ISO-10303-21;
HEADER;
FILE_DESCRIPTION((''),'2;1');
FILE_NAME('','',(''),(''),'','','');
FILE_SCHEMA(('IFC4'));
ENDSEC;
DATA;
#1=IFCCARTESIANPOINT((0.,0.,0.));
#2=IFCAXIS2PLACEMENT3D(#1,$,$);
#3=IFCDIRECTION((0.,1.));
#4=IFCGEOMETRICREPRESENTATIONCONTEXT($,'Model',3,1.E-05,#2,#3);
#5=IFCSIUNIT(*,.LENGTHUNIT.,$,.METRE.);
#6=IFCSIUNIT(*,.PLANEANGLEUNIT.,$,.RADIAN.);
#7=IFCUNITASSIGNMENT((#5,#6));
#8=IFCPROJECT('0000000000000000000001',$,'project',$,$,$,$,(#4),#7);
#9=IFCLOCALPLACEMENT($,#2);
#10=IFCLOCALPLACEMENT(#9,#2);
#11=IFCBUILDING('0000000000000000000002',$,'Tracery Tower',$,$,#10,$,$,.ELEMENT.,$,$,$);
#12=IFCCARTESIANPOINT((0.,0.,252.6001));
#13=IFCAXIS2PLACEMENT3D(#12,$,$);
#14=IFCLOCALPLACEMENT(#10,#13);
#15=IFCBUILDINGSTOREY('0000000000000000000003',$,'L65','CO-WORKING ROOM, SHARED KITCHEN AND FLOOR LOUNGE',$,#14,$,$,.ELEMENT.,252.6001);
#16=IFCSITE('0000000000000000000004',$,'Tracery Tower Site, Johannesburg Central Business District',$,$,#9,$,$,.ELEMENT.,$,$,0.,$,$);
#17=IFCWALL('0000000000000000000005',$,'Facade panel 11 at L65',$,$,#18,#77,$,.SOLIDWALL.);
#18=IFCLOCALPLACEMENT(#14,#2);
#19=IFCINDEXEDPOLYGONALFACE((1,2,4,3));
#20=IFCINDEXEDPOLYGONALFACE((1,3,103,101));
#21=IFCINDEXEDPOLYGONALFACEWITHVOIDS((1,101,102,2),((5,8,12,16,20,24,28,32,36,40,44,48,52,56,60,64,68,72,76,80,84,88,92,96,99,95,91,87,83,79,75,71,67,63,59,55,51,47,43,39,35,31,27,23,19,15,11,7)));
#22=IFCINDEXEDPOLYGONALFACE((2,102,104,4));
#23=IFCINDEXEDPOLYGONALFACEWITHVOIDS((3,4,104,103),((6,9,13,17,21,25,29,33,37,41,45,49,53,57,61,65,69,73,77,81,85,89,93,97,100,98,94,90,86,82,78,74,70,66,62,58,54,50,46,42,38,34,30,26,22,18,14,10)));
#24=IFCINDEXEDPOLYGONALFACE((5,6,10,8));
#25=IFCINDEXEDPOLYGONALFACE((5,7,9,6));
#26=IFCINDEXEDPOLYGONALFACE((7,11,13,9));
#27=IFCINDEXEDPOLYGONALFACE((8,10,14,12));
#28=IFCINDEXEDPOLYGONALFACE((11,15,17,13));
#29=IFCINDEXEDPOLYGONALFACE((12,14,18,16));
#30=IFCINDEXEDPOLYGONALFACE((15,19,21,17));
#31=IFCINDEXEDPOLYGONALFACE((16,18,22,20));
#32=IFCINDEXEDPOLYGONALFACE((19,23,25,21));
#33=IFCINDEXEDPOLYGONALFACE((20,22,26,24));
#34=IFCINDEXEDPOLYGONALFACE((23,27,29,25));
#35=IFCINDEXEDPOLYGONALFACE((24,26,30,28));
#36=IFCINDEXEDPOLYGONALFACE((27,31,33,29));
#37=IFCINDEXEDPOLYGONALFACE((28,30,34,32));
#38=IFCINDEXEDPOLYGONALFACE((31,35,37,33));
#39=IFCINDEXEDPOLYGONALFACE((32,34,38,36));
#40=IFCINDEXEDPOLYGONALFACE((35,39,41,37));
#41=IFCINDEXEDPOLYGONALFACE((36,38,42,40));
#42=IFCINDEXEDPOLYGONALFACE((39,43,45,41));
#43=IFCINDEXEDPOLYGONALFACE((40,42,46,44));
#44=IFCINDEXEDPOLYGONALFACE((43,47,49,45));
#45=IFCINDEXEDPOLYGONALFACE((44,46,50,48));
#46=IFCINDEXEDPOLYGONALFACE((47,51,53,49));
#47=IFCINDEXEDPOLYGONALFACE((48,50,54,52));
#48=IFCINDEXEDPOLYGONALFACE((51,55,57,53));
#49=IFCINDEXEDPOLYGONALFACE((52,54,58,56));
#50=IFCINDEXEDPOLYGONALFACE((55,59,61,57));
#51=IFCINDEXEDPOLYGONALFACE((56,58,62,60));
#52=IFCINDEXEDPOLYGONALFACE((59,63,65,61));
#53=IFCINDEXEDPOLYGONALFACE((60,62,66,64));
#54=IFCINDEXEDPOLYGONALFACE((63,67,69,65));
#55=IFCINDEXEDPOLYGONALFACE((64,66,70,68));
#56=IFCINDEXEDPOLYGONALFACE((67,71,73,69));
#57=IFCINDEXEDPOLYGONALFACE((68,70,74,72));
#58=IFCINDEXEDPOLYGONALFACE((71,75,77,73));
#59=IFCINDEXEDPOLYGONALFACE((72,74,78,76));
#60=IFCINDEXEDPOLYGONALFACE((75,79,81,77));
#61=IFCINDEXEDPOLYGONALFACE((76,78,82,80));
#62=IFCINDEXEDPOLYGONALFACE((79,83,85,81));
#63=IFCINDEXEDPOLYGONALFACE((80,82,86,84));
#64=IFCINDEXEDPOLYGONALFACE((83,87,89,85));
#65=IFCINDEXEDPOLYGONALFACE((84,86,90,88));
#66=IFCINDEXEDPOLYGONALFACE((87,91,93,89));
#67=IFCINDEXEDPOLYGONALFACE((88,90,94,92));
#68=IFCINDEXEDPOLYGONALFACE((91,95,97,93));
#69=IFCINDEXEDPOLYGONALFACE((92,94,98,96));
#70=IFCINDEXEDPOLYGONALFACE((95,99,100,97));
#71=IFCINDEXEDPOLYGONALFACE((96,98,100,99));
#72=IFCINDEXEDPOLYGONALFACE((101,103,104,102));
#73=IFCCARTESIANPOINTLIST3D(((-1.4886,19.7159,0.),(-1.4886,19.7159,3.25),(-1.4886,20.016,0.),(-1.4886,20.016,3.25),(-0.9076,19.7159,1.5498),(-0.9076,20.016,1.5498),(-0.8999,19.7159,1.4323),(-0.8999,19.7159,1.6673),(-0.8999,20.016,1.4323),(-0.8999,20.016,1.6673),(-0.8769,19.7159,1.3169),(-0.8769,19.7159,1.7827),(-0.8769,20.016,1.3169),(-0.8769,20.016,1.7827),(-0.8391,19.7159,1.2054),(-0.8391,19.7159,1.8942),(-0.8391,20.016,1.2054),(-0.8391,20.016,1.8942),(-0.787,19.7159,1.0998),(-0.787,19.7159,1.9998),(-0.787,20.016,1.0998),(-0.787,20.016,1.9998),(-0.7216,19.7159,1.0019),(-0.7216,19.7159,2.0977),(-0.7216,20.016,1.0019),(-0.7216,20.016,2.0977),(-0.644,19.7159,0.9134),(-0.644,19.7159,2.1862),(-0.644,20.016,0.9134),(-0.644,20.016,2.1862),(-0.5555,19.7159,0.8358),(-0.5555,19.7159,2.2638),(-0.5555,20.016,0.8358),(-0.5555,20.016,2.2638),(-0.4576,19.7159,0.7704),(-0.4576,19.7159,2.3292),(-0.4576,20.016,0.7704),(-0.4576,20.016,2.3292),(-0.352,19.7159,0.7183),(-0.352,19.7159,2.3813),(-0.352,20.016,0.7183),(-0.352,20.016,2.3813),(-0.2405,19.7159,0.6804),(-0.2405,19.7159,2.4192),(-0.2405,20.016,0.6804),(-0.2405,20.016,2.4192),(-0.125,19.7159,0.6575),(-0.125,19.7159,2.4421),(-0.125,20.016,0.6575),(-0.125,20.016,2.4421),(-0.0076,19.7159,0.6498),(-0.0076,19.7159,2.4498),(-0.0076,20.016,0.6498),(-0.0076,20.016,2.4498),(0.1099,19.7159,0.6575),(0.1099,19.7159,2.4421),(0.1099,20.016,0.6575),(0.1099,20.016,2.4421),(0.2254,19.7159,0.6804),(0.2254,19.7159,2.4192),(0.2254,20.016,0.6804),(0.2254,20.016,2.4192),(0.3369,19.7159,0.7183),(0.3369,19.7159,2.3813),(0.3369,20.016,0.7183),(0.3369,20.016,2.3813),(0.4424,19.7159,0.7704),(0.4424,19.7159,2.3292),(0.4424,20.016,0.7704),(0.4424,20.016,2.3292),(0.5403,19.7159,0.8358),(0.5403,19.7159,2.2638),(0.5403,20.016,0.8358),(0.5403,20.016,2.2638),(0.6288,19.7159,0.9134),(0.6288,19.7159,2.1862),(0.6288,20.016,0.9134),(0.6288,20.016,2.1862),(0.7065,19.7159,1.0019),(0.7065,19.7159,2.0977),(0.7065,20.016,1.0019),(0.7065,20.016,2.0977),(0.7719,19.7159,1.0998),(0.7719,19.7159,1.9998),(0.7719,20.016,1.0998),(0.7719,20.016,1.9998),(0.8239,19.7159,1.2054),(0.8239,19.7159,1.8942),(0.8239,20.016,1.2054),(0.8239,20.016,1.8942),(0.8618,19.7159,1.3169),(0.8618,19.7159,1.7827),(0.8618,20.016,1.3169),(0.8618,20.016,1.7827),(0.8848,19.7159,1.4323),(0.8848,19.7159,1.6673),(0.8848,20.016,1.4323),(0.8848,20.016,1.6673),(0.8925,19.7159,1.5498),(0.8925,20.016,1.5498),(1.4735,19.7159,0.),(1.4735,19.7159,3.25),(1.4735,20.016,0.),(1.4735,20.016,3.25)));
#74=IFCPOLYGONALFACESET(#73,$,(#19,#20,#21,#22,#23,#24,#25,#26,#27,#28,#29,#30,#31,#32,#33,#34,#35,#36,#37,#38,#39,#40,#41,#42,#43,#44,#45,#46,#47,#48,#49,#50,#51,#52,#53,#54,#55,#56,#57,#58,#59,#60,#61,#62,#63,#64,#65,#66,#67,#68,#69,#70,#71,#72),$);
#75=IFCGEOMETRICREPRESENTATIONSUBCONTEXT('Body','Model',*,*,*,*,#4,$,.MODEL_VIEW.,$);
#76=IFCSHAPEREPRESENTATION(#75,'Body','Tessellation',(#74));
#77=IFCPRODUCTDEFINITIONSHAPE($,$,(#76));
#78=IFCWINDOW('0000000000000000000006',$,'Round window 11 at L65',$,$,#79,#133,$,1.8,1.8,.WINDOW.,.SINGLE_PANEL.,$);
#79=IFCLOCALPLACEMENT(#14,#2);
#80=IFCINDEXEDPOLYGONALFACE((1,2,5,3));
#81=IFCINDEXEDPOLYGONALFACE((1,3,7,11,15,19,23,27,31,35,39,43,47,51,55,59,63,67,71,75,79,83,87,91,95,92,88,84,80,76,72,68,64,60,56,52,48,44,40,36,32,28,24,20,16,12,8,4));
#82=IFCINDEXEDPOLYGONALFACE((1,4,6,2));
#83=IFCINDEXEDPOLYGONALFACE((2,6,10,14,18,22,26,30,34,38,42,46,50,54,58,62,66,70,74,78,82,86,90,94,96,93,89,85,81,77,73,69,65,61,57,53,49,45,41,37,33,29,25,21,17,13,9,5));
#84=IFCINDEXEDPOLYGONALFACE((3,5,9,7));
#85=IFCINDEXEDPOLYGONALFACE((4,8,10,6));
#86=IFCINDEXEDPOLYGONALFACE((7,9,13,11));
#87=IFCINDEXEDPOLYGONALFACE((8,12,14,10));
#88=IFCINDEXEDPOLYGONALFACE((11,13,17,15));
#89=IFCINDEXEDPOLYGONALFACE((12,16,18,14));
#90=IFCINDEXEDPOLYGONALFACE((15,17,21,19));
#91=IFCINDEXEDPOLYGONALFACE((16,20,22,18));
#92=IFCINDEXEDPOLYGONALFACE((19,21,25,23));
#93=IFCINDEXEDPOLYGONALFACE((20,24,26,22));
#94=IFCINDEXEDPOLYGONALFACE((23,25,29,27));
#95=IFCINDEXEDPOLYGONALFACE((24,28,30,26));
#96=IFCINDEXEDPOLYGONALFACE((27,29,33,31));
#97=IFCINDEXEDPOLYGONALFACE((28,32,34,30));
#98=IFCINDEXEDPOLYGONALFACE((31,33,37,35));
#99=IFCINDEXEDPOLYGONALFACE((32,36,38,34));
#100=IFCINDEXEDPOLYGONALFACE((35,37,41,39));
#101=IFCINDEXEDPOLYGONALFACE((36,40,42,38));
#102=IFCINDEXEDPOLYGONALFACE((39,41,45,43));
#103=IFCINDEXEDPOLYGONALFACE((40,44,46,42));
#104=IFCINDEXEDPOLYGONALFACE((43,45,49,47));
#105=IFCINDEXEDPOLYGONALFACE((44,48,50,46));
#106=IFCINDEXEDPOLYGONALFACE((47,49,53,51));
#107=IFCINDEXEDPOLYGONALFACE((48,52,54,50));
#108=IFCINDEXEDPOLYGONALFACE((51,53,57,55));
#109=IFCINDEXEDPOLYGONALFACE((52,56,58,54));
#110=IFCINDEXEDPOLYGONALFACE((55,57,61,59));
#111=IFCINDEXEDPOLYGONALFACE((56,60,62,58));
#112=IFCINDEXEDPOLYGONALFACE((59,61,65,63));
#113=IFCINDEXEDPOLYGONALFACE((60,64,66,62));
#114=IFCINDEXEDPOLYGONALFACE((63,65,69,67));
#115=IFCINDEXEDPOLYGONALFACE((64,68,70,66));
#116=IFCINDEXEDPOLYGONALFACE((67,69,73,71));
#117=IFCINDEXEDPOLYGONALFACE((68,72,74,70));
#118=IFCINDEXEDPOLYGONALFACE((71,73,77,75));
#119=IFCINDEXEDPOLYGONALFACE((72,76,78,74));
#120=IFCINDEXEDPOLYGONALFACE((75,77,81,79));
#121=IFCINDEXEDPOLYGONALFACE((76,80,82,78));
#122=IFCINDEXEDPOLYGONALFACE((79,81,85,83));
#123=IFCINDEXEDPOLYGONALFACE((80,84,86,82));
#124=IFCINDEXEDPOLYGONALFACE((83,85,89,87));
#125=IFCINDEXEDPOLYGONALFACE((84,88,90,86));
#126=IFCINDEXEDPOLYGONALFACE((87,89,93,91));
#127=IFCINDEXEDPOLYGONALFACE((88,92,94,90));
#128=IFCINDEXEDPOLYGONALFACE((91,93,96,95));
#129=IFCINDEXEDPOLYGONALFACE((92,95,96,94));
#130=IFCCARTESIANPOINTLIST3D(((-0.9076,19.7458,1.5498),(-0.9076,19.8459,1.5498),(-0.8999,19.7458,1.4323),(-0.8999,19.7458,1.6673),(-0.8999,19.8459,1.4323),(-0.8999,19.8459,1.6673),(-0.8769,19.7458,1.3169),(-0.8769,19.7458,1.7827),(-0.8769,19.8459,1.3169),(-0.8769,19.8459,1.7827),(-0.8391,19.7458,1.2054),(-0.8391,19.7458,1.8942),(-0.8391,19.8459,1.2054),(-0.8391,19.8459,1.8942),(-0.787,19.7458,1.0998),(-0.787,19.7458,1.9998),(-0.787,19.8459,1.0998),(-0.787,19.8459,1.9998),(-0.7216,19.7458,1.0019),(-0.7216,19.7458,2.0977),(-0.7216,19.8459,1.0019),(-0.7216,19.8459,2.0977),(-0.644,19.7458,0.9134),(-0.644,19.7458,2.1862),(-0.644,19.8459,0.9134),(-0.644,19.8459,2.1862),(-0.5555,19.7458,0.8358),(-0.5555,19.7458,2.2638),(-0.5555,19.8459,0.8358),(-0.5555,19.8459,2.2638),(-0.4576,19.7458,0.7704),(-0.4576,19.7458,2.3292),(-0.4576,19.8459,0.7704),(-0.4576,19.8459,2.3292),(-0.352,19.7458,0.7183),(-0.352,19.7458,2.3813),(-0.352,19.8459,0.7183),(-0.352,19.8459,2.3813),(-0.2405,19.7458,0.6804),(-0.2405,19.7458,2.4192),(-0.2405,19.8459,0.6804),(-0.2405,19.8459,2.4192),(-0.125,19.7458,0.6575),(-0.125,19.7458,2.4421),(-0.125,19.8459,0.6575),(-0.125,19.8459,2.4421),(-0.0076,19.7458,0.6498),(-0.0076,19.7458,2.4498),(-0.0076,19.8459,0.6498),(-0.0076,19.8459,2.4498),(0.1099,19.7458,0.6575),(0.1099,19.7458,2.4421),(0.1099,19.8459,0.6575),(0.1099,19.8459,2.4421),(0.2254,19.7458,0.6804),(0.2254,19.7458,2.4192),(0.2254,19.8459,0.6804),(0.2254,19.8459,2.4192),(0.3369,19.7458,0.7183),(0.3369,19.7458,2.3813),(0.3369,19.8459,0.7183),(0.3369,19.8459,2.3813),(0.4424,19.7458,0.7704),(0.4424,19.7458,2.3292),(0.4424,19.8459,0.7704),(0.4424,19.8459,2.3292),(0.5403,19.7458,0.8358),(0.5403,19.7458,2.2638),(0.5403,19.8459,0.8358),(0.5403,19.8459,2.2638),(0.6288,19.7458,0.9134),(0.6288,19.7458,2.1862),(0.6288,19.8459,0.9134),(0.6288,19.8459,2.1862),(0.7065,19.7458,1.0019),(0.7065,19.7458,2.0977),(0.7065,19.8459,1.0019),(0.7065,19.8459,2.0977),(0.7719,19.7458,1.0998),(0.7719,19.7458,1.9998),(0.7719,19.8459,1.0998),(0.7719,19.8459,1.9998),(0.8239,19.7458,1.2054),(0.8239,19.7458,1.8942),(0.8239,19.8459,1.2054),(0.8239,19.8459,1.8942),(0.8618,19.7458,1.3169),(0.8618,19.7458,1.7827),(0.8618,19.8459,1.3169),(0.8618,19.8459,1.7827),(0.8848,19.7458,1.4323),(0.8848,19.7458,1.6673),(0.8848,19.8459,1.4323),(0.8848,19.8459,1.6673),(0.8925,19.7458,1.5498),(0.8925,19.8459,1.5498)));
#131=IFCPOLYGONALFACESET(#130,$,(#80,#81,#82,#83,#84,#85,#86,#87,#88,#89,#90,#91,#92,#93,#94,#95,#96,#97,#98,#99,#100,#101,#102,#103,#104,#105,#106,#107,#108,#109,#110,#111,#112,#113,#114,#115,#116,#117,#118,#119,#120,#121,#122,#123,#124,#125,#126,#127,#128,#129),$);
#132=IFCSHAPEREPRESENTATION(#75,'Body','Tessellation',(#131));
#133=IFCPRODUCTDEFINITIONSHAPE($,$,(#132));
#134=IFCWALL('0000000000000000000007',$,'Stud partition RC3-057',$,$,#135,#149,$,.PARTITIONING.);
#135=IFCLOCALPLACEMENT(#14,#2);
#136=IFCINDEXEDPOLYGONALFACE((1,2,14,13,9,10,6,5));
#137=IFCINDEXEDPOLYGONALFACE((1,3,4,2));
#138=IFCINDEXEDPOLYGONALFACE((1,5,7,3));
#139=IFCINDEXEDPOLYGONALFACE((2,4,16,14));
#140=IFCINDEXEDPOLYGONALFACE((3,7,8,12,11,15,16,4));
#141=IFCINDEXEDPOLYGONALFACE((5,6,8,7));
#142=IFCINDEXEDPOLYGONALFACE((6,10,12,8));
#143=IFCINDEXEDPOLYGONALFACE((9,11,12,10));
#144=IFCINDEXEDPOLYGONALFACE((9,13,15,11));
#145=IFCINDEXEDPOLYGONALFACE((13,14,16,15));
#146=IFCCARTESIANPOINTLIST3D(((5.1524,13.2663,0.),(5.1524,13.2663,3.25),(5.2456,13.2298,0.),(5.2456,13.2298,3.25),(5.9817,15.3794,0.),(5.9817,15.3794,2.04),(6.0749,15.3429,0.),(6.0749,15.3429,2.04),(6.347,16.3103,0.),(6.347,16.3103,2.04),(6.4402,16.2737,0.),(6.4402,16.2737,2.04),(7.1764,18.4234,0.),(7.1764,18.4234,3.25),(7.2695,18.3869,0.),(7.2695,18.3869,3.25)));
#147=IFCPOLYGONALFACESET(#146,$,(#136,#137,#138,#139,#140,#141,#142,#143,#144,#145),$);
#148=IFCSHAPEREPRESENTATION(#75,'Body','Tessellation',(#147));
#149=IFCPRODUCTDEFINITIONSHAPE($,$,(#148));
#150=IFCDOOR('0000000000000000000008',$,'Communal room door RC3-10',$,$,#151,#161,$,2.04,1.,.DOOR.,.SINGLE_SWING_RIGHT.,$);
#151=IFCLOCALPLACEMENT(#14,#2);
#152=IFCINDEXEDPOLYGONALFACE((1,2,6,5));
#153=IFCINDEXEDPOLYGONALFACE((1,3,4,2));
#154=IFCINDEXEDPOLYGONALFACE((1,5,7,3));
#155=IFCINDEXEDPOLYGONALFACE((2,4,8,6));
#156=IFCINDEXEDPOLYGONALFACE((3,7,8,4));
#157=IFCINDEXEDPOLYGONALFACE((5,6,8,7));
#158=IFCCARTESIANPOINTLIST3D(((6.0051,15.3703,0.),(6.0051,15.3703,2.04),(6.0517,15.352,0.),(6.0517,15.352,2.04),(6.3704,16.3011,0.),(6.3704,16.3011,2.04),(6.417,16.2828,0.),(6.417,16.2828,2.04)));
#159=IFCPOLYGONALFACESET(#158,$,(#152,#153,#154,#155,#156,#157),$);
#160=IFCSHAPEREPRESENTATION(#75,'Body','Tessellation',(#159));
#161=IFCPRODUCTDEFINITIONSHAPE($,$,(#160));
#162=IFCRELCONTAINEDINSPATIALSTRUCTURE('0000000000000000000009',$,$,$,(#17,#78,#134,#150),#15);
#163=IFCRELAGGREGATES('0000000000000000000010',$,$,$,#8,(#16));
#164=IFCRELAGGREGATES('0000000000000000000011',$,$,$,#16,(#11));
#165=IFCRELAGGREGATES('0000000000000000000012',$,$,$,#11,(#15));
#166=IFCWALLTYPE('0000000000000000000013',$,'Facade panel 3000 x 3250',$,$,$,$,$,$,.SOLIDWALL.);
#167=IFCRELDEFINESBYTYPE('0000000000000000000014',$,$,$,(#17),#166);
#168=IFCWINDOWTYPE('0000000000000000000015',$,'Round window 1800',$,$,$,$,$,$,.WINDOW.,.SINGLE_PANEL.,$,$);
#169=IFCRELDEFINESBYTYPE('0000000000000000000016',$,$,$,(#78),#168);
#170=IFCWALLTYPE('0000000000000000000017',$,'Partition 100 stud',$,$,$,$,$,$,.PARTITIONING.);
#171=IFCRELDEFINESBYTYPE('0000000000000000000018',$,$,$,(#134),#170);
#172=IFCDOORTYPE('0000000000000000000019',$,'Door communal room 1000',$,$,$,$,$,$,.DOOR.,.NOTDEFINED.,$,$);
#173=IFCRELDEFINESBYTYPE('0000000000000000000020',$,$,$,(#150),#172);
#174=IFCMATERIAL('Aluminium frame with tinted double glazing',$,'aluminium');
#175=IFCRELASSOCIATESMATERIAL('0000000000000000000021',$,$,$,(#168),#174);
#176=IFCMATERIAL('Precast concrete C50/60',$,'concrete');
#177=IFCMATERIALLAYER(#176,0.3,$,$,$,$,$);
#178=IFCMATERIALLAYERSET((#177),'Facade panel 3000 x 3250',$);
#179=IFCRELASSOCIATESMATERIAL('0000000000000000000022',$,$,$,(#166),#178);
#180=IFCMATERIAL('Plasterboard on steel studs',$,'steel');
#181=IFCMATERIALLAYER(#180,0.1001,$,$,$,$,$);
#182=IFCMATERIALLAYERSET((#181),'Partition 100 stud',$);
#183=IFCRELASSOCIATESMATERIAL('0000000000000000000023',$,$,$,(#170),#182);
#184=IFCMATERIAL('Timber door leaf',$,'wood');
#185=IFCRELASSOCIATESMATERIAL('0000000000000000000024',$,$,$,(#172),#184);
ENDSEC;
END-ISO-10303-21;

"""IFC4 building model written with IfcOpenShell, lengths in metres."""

from ifc_helpers import new_model, si_unit, direction, frame, frame_2d, origin, origin_2d, place, context, subcontext, project, spatial, rectangle, circle, extrude, material, layer, layer_set, type_object, element, fill, save


model = new_model("IFC4")

# Units and contexts
model_context = context("Model", 3, precision=1e-05, world=origin(), true_north=direction((0.0, 1.0)))
body_context = subcontext(model_context, "Body", "Model", "MODEL_VIEW")
ifc_project = project(units=[si_unit("LENGTHUNIT", "METRE"), si_unit("PLANEANGLEUNIT", "RADIAN")], contexts=[model_context])

# Site, building, storey
site_placement = place(None, origin())
site = spatial("IfcSite", under=ifc_project, at=site_placement, Name="Tracery Tower Site, Johannesburg Central Business District", CompositionType="ELEMENT", RefElevation=0.0)
building_placement = place(site_placement, origin())
building = spatial("IfcBuilding", under=site, at=building_placement, Name="Tracery Tower", CompositionType="ELEMENT")
storey_placement = place(building_placement, frame((0.0, 0.0, 252.6001)))
storey = spatial("IfcBuildingStorey", under=building, at=storey_placement, Name="L65", Description="CO-WORKING ROOM, SHARED KITCHEN AND FLOOR LOUNGE", CompositionType="ELEMENT", Elevation=252.6001)

# Wall, opening, window
ifc_material_1 = material(Name="Aluminium frame with tinted double glazing", Category="aluminium")
window_type = type_object("IfcWindowType", Name="Round window 1800", PartitioningType="SINGLE_PANEL", PredefinedType="WINDOW", material=ifc_material_1)
ifc_material_2 = material(Name="Precast concrete C50/60", Category="concrete")
ifc_layer_1 = layer(ifc_material_2, 0.3)
ifc_layer_set_1 = layer_set([ifc_layer_1], Name="Facade panel 3000 x 3250")
wall_type_1 = type_object("IfcWallType", Name="Facade panel 3000 x 3250", PredefinedType="SOLIDWALL", material=ifc_layer_set_1)
wall_1_placement = place(storey_placement, frame((1.4734, 19.866, 0.0), z_axis=(0.0, 0.0, 1.0), x_axis=(-1.0, 0.0, 0.0)))
wall_1 = element("IfcWall", 1, at=wall_1_placement, inside=storey, type_object=wall_type_1, Name="Facade panel 11 at L65", PredefinedType="SOLIDWALL", context=body_context, shape_type="SweptSolid", body=[
    extrude(rectangle(XDim=2.9622, YDim=0.3, at=frame_2d((1.481, 0.0))), origin(), (0.0, 0.0, 1.0), 3.25),
])
opening_1_placement = place(wall_1_placement, frame((1.481, 0.0, 1.5498)))
opening_1 = element("IfcOpeningElement", 2, at=opening_1_placement, cuts=wall_1, PredefinedType="OPENING", context=body_context, shape_type="SweptSolid", body=[
    extrude(circle(Radius=0.9, at=origin_2d()), frame((0.0, 0.1599, 0.0), z_axis=(0.0, -1.0, 0.0), x_axis=(1.0, 0.0, 0.0)), (0.0, 0.0, 1.0), 0.3201),
])
window_1_placement = place(opening_1_placement, origin())
window_1 = element("IfcWindow", 3, at=window_1_placement, inside=storey, type_object=window_type, Name="Round window 11 at L65", OverallHeight=1.8, OverallWidth=1.8, PartitioningType="SINGLE_PANEL", PredefinedType="WINDOW", context=body_context, shape_type="SweptSolid", body=[
    extrude(circle(Radius=0.9, at=origin_2d()), frame((0.0, 0.1201, 0.0), z_axis=(0.0, -1.0, 0.0), x_axis=(1.0, 0.0, 0.0)), (0.0, 0.0, 1.0), 0.1001),
])
fill(opening_1, window_1)

# Wall, opening, door
ifc_material_3 = material(Name="Plasterboard on steel studs", Category="steel")
ifc_layer_2 = layer(ifc_material_3, 0.1001)
ifc_layer_set_2 = layer_set([ifc_layer_2], Name="Partition 100 stud")
wall_type_2 = type_object("IfcWallType", Name="Partition 100 stud", PredefinedType="PARTITIONING", material=ifc_layer_set_2)
wall_2_placement = place(storey_placement, frame((5.199, 13.248, 0.0), z_axis=(0.0, 0.0, 1.0), x_axis=(0.365335, 0.930876, 0.0)))
wall_2 = element("IfcWall", 4, at=wall_2_placement, inside=storey, type_object=wall_type_2, Name="Stud partition RC3-057", PredefinedType="PARTITIONING", context=body_context, shape_type="SweptSolid", body=[
    extrude(rectangle(XDim=5.54, YDim=0.1001, at=frame_2d((2.77, 0.0))), origin(), (0.0, 0.0, 1.0), 3.25),
])
opening_2_placement = place(wall_2_placement, frame((2.27, 0.0, 0.0)))
opening_2 = element("IfcOpeningElement", 5, at=opening_2_placement, cuts=wall_2, PredefinedType="OPENING", context=body_context, shape_type="SweptSolid", body=[
    extrude(rectangle(XDim=1.0, YDim=2.04, at=frame_2d((0.5, 1.02))), frame((0.0, 0.05, 0.0), z_axis=(0.0, -1.0, 0.0), x_axis=(1.0, 0.0, 0.0)), (0.0, 0.0, 1.0), 0.1001),
])
ifc_material_4 = material(Name="Timber door leaf", Category="wood")
door_type_1 = type_object("IfcDoorType", Name="Door communal room 1000", OperationType="NOTDEFINED", PredefinedType="DOOR", material=ifc_material_4)
door_1_placement = place(opening_2_placement, origin())
door_1 = element("IfcDoor", 6, at=door_1_placement, inside=storey, type_object=door_type_1, Name="Communal room door RC3-10", OperationType="SINGLE_SWING_RIGHT", OverallHeight=2.04, OverallWidth=1.0, PredefinedType="DOOR", context=body_context, shape_type="SweptSolid", body=[
    extrude(rectangle(XDim=1.0, YDim=2.04, at=frame_2d((0.5, 1.02))), frame((0.0, 0.0249, 0.0), z_axis=(0.0, -1.0, 0.0), x_axis=(1.0, 0.0, 0.0)), (0.0, 0.0, 1.0), 0.05),
])
fill(opening_2, door_1)

save(model, "model.ifc")
